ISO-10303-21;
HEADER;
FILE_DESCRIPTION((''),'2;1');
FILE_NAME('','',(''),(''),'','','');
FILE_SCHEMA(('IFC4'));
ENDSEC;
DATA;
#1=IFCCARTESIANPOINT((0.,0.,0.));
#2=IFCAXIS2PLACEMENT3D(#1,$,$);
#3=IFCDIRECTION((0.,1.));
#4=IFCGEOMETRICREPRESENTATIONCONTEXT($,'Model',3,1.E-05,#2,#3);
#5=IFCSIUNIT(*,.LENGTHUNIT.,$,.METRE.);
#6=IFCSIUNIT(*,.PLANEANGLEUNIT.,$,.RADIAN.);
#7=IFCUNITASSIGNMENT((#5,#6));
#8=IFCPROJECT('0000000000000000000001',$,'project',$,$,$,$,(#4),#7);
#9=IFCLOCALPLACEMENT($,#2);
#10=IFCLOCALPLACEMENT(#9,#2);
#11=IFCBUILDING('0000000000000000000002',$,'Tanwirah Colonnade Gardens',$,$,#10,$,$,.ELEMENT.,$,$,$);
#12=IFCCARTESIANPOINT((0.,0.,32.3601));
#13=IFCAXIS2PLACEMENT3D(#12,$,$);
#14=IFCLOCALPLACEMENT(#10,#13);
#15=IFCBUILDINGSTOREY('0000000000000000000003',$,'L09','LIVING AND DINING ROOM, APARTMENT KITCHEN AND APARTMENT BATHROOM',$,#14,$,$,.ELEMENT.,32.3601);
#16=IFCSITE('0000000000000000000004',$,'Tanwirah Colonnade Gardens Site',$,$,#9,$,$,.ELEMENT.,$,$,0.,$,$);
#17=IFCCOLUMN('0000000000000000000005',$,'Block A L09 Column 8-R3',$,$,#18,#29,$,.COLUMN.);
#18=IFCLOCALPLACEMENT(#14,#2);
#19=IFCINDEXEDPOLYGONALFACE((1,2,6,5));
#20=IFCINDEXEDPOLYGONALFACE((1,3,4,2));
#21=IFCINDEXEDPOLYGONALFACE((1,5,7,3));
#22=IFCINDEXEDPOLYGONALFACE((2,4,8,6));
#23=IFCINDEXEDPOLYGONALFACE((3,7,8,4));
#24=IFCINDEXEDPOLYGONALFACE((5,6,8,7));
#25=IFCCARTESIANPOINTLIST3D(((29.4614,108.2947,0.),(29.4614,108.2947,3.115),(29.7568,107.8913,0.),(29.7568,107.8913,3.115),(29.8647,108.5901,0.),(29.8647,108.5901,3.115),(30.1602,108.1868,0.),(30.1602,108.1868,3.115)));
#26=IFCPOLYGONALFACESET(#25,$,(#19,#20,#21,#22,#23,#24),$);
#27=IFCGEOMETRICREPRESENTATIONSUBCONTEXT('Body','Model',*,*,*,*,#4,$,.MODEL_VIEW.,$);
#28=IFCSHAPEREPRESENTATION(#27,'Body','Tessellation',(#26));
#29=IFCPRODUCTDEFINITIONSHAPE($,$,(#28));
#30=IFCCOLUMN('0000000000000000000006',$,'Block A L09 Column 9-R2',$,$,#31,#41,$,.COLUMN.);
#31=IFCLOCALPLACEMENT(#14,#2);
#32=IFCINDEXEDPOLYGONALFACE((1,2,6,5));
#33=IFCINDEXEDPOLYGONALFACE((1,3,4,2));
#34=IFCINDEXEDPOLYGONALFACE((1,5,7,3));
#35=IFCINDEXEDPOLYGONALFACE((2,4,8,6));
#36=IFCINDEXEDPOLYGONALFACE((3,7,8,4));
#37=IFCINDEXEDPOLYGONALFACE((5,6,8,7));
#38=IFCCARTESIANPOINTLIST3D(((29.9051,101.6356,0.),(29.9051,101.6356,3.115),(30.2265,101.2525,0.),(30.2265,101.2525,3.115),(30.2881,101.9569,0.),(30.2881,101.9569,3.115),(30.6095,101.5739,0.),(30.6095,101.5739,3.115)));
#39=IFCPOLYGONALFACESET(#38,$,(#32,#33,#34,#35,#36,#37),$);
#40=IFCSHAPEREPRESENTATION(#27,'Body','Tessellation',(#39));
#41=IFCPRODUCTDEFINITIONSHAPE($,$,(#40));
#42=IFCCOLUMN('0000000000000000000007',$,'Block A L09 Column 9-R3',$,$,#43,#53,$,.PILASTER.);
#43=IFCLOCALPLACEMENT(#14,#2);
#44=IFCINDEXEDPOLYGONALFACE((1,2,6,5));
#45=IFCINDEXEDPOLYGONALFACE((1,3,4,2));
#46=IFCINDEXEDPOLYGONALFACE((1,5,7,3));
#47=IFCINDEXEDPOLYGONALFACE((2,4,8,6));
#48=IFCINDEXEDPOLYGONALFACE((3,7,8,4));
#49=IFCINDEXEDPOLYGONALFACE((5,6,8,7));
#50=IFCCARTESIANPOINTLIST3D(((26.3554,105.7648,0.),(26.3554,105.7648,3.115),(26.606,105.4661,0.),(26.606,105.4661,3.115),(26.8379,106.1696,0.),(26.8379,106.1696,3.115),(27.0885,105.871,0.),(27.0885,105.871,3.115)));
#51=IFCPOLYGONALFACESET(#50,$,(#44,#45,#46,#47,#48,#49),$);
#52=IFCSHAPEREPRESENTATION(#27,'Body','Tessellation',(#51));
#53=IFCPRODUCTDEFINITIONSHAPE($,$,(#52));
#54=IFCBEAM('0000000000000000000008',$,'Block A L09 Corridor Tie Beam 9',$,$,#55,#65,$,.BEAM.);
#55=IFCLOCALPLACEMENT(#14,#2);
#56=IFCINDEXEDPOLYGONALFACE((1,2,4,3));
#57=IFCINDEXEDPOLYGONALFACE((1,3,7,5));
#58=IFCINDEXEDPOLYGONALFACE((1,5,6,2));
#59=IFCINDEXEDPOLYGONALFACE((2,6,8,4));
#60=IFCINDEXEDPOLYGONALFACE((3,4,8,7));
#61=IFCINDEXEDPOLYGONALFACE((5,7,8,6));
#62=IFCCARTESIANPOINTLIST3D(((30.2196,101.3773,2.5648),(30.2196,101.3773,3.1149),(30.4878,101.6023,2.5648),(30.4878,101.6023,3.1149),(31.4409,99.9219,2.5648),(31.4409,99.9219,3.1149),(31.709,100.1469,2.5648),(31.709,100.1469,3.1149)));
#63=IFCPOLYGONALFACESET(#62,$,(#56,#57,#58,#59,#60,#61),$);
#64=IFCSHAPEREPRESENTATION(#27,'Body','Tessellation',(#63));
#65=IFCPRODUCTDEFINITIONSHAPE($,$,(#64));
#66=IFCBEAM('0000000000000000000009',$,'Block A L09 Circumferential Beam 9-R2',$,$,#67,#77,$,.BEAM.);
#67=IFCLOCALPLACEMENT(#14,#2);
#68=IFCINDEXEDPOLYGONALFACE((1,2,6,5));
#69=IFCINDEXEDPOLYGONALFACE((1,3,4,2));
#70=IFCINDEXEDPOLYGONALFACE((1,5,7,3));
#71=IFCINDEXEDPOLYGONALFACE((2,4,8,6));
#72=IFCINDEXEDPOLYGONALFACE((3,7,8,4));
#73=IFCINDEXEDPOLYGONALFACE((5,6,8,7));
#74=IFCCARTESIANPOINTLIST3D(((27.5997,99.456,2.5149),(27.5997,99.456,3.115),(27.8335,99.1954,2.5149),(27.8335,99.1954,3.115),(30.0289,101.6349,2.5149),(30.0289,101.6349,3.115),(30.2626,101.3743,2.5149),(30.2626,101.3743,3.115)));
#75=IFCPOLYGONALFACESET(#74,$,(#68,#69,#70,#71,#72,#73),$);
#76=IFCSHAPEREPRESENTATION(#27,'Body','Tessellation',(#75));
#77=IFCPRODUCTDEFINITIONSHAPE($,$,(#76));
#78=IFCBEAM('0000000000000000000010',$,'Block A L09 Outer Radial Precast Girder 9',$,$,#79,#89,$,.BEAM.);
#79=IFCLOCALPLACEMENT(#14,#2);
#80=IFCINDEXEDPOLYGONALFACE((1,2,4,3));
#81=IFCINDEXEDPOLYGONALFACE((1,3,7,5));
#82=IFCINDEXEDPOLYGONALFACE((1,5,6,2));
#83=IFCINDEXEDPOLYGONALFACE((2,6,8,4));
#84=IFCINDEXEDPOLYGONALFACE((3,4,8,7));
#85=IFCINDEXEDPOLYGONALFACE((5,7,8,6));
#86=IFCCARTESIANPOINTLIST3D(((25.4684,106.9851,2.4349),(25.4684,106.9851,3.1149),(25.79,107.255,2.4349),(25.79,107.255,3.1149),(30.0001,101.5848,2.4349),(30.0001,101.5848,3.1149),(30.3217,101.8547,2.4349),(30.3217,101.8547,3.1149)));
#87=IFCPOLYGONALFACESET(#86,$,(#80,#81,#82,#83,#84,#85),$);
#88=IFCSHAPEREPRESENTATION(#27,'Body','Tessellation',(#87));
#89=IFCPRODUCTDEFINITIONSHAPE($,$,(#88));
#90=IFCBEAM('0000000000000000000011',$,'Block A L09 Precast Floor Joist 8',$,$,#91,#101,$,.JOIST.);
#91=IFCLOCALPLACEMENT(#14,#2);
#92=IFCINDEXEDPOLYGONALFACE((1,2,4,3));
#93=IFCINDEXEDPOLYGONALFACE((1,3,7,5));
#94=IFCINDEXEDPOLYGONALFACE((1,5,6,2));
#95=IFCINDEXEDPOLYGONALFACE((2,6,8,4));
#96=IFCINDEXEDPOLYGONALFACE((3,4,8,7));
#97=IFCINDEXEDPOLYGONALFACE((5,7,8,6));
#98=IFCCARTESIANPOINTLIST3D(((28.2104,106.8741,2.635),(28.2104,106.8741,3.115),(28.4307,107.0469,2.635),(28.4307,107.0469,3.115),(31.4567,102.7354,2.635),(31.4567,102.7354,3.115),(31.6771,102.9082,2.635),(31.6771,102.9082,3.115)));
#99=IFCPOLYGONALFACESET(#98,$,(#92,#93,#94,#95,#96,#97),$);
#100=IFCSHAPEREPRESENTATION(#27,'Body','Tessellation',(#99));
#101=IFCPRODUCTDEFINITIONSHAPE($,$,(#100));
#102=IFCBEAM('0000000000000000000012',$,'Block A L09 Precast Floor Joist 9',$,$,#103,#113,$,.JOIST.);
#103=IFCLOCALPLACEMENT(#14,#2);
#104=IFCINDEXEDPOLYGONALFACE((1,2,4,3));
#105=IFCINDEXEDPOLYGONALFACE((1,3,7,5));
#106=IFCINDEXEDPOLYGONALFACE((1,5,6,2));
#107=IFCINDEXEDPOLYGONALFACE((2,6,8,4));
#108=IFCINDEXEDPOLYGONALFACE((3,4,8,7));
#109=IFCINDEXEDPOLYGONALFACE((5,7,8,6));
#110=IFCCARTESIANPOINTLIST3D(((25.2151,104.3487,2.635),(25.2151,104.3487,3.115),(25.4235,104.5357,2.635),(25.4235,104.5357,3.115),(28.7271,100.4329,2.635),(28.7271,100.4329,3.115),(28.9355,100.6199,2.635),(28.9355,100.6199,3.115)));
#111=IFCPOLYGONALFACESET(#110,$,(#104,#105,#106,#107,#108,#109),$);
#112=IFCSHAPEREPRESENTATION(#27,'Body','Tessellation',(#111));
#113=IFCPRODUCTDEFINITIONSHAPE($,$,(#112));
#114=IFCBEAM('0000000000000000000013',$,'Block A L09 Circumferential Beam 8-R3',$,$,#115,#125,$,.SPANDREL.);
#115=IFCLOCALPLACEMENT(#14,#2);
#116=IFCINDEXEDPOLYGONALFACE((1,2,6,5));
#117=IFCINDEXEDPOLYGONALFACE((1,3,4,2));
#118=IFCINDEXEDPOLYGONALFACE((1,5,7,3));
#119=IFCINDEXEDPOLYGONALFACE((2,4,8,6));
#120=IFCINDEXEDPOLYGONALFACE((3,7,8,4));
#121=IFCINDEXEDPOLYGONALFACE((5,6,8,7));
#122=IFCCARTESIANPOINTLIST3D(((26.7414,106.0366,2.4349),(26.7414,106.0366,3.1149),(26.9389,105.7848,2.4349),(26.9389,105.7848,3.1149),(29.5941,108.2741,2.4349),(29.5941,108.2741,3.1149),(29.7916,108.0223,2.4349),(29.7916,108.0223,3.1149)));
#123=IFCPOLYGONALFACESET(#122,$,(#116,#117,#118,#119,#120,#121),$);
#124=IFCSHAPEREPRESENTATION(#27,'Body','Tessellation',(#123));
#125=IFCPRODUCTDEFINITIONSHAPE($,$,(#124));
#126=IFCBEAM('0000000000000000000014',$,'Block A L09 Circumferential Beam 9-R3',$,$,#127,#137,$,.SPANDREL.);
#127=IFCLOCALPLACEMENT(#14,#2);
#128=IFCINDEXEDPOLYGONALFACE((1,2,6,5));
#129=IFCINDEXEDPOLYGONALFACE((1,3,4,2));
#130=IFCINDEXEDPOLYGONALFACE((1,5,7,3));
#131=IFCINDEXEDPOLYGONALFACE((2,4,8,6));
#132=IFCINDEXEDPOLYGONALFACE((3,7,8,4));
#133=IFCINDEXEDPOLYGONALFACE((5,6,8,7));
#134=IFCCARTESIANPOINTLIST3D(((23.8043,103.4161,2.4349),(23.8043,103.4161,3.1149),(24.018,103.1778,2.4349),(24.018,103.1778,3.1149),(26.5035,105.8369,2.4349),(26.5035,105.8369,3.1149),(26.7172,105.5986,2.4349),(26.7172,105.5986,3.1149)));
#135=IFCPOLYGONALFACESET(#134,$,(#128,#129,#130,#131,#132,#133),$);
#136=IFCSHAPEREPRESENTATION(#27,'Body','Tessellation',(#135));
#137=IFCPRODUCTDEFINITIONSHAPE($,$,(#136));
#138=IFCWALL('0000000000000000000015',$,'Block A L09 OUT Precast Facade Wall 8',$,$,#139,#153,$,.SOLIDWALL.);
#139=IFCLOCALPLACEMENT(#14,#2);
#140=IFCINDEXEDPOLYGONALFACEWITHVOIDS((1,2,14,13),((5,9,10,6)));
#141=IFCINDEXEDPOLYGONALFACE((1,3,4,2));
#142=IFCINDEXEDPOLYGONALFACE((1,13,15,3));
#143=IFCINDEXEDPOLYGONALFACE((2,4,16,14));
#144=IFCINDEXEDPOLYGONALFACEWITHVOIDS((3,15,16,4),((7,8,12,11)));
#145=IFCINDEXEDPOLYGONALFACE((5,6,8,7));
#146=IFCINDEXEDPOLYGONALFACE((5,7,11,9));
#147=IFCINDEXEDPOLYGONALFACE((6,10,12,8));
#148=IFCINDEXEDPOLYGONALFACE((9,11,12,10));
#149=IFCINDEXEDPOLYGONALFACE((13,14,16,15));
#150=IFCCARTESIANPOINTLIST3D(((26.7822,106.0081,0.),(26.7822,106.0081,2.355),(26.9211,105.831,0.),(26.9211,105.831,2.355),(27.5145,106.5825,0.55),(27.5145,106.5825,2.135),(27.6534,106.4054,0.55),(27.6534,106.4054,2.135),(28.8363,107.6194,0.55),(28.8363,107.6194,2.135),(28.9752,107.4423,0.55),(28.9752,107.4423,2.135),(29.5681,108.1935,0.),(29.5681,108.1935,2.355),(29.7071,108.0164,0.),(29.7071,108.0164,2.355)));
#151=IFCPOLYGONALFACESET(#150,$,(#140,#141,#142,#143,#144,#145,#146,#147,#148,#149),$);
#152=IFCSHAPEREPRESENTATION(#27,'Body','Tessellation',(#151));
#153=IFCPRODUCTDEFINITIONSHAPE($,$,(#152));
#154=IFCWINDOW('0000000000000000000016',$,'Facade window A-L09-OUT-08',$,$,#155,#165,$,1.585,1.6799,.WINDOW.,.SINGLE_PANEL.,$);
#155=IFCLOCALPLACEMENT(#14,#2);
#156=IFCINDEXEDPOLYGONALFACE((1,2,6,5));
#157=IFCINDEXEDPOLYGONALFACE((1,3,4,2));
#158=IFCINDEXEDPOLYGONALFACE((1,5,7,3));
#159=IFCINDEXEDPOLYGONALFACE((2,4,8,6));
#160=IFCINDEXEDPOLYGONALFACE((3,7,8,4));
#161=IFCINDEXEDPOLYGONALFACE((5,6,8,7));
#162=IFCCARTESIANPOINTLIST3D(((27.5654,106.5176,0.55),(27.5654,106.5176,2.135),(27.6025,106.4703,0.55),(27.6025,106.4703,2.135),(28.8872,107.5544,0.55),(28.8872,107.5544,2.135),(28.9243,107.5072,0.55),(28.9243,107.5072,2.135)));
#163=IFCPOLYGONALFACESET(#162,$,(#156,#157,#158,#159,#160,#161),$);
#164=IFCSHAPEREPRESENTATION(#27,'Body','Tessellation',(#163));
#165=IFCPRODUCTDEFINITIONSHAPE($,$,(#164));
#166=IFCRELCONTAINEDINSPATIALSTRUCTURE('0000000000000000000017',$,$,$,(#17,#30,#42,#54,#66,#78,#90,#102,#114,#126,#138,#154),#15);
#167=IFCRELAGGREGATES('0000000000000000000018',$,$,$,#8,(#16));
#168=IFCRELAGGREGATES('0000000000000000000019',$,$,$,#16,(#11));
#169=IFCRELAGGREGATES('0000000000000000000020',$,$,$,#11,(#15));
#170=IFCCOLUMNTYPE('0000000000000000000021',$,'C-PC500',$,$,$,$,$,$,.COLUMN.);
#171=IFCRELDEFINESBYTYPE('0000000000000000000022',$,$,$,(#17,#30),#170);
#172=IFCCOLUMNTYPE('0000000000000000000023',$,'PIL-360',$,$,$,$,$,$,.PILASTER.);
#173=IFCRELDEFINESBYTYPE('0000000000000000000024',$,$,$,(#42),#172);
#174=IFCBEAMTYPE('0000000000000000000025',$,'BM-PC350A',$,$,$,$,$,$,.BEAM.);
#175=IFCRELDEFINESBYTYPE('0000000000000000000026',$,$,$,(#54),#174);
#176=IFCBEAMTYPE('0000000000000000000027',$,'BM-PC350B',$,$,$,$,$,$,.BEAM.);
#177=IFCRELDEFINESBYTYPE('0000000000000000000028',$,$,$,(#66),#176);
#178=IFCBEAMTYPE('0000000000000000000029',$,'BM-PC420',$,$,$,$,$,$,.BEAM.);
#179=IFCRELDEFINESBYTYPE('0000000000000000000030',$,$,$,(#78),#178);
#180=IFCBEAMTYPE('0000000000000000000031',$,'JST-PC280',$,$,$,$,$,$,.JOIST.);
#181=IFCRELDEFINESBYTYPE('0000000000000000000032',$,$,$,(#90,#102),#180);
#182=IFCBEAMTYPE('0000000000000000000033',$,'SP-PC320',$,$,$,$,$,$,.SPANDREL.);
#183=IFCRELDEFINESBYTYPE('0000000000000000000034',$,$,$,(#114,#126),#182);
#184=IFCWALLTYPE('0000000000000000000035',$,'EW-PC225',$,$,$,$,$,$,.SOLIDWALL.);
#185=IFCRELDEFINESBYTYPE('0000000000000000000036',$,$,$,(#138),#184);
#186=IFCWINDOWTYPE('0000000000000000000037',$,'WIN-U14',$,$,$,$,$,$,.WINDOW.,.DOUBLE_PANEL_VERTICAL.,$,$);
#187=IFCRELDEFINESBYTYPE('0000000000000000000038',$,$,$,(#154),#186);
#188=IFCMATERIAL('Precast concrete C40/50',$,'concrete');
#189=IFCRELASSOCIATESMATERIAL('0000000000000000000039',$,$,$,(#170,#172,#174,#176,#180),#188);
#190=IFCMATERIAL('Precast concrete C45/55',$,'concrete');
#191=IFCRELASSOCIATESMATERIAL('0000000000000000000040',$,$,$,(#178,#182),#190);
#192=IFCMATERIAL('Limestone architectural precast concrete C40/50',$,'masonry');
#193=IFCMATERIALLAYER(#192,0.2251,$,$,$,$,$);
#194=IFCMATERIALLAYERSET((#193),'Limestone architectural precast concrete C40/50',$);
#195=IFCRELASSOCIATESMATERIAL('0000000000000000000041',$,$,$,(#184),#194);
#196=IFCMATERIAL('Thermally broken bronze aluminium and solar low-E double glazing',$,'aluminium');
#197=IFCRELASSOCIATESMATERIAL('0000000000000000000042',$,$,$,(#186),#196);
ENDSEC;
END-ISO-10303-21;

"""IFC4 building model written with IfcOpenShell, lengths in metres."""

from ifc_helpers import new_model, si_unit, direction, frame, frame_2d, origin, origin_2d, place, context, subcontext, project, spatial, rectangle, extrude, material, layer, layer_set, material_profile, profile_set, type_object, element, fill, save


model = new_model("IFC4")

# Units and contexts
model_context = context("Model", 3, precision=1e-05, world=origin(), true_north=direction((0.0, 1.0)))
body_context = subcontext(model_context, "Body", "Model", "MODEL_VIEW")
ifc_project = project(units=[si_unit("LENGTHUNIT", "METRE"), si_unit("PLANEANGLEUNIT", "RADIAN")], contexts=[model_context])

# Site, building, storey
site_placement = place(None, origin())
site = spatial("IfcSite", under=ifc_project, at=site_placement, Name="Tanwirah Colonnade Gardens Site", CompositionType="ELEMENT", RefElevation=0.0)
building_placement = place(site_placement, origin())
building = spatial("IfcBuilding", under=site, at=building_placement, Name="Tanwirah Colonnade Gardens", CompositionType="ELEMENT")
storey_placement = place(building_placement, frame((0.0, 0.0, 32.3601)))
storey = spatial("IfcBuildingStorey", under=building, at=storey_placement, Name="L09", Description="LIVING AND DINING ROOM, APARTMENT KITCHEN AND APARTMENT BATHROOM", CompositionType="ELEMENT", Elevation=32.3601)

# Columns
ifc_material_1 = material(Name="Precast concrete C40/50", Category="concrete")
ifc_material_profile_1 = material_profile(ifc_material_1, rectangle(XDim=0.5, YDim=0.5, at=origin_2d()), Name="PC-COL 500x500")
ifc_profile_set_1 = profile_set([ifc_material_profile_1], Name="Precast concrete C40/50")
column_type_1 = type_object("IfcColumnType", Name="C-PC500", PredefinedType="COLUMN", material=ifc_profile_set_1)
for number, where, z_axis, x_axis, name in (
    (1, (29.8108, 108.2407, 0.0), (0.0, 0.0, 1.0), (-0.590919, 0.806731, 0.0), "Block A L09 Column 8-R3"),
    (2, (30.2573, 101.6047, 0.0), (0.0, 0.0, 1.0), (-0.642788, 0.766044, 0.0), "Block A L09 Column 9-R2"),
):
    element("IfcColumn", number, at=place(storey_placement, frame(where, z_axis=z_axis, x_axis=x_axis)), inside=storey, type_object=column_type_1, Name=name, PredefinedType="COLUMN", context=body_context, shape_type="SweptSolid", body=[
        extrude(rectangle(XDim=0.5, YDim=0.5, at=origin_2d()), origin(), (0.0, 0.0, 1.0), 3.115),
    ])
ifc_material_profile_2 = material_profile(ifc_material_1, rectangle(XDim=0.3899, YDim=0.6299, at=origin_2d()), Name="PC-PIL 390x630")
ifc_profile_set_2 = profile_set([ifc_material_profile_2], Name="Precast concrete C40/50")
column_type_2 = type_object("IfcColumnType", Name="PIL-360", PredefinedType="PILASTER", material=ifc_profile_set_2)
column_placement = place(storey_placement, frame((26.7219, 105.8179, 0.0), z_axis=(0.0, 0.0, 1.0), x_axis=(-0.642788, 0.766044, 0.0)))
element("IfcColumn", 3, at=column_placement, inside=storey, type_object=column_type_2, Name="Block A L09 Column 9-R3", PredefinedType="PILASTER", context=body_context, shape_type="SweptSolid", body=[
    extrude(rectangle(XDim=0.3899, YDim=0.6299, at=origin_2d()), origin(), (0.0, 0.0, 1.0), 3.115),
])

# Beams
ifc_material_profile_3 = material_profile(ifc_material_1, rectangle(XDim=0.3501, YDim=0.55, at=origin_2d()), Name="PC-BM 350x550")
ifc_profile_set_3 = profile_set([ifc_material_profile_3], Name="Precast concrete C40/50")
beam_type_1 = type_object("IfcBeamType", Name="BM-PC350A", PredefinedType="BEAM", material=ifc_profile_set_3)
beam_1_placement = place(storey_placement, frame((31.575, 100.0344, 2.8398), z_axis=(-0.642797, 0.766036, 0.0), x_axis=(-0.766036, -0.642797, 0.0)))
element("IfcBeam", 4, at=beam_1_placement, inside=storey, type_object=beam_type_1, Name="Block A L09 Corridor Tie Beam 9", PredefinedType="BEAM", context=body_context, shape_type="SweptSolid", body=[
    extrude(rectangle(XDim=0.3501, YDim=0.55, at=origin_2d()), origin(), (0.0, 0.0, 1.0), 1.8999),
])
ifc_material_profile_4 = material_profile(ifc_material_1, rectangle(XDim=0.3501, YDim=0.6001, at=origin_2d()), Name="PC-BM 350x600")
ifc_profile_set_4 = profile_set([ifc_material_profile_4], Name="Precast concrete C40/50")
beam_type_2 = type_object("IfcBeamType", Name="BM-PC350B", PredefinedType="BEAM", material=ifc_profile_set_4)
beam_2_placement = place(storey_placement, frame((30.1458, 101.5046, 2.8149), z_axis=(-0.744409, -0.667724, 0.0), x_axis=(0.667724, -0.744409, 0.0)))
element("IfcBeam", 5, at=beam_2_placement, inside=storey, type_object=beam_type_2, Name="Block A L09 Circumferential Beam 9-R2", PredefinedType="BEAM", context=body_context, shape_type="SweptSolid", body=[
    extrude(rectangle(XDim=0.3501, YDim=0.6001, at=origin_2d()), origin(), (0.0, 0.0, 1.0), 3.2632),
])
ifc_material_2 = material(Name="Precast concrete C45/55", Category="concrete")
ifc_material_profile_5 = material_profile(ifc_material_2, rectangle(XDim=0.4199, YDim=0.6799, at=origin_2d()), Name="PC-BM 420x680")
ifc_profile_set_5 = profile_set([ifc_material_profile_5], Name="Precast concrete C45/55")
beam_type_3 = type_object("IfcBeamType", Name="BM-PC420", PredefinedType="BEAM", material=ifc_profile_set_5)
beam_3_placement = place(storey_placement, frame((30.1609, 101.7197, 2.7749), z_axis=(-0.64281, 0.766025, 0.0), x_axis=(-0.766025, -0.64281, 0.0)))
element("IfcBeam", 6, at=beam_3_placement, inside=storey, type_object=beam_type_3, Name="Block A L09 Outer Radial Precast Girder 9", PredefinedType="BEAM", context=body_context, shape_type="SweptSolid", body=[
    extrude(rectangle(XDim=0.4199, YDim=0.6799, at=origin_2d()), origin(), (0.0, 0.0, 1.0), 7.0498),
])
ifc_material_profile_6 = material_profile(ifc_material_1, rectangle(XDim=0.28, YDim=0.48, at=origin_2d()), Name="PC-JST 280x480")
ifc_profile_set_6 = profile_set([ifc_material_profile_6], Name="Precast concrete C40/50")
beam_type_4 = type_object("IfcBeamType", Name="JST-PC280", PredefinedType="JOIST", material=ifc_profile_set_6)
for number, where, z_axis, x_axis, name in (
    (7, (31.5669, 102.8218, 2.875), (-0.617178, 0.786824, 0.0), (-0.786824, -0.617178, 0.0), "Block A L09 Precast Floor Joist 8"),
    (8, (28.8313, 100.5264, 2.875), (-0.667679, 0.744449, 0.0), (-0.744449, -0.667679, 0.0), "Block A L09 Precast Floor Joist 9"),
):
    element("IfcBeam", number, at=place(storey_placement, frame(where, z_axis=z_axis, x_axis=x_axis)), inside=storey, type_object=beam_type_4, Name=name, PredefinedType="JOIST", context=body_context, shape_type="SweptSolid", body=[
        extrude(rectangle(XDim=0.28, YDim=0.48, at=origin_2d()), origin(), (0.0, 0.0, 1.0), 5.26),
    ])
ifc_material_profile_7 = material_profile(ifc_material_2, rectangle(XDim=0.3201, YDim=0.6799, at=origin_2d()), Name="PC-SP 320x680")
ifc_profile_set_7 = profile_set([ifc_material_profile_7], Name="Precast concrete C45/55")
beam_type_5 = type_object("IfcBeamType", Name="SP-PC320", PredefinedType="SPANDREL", material=ifc_profile_set_7)
beam_4_placement = place(storey_placement, frame((29.6929, 108.1482, 2.7749), z_axis=(-0.786844, -0.617152, 0.0), x_axis=(0.617152, -0.786844, 0.0)))
element("IfcBeam", 9, at=beam_4_placement, inside=storey, type_object=beam_type_5, Name="Block A L09 Circumferential Beam 8-R3", PredefinedType="SPANDREL", context=body_context, shape_type="SweptSolid", body=[
    extrude(rectangle(XDim=0.3201, YDim=0.6799, at=origin_2d()), origin(), (0.0, 0.0, 1.0), 3.6255),
])
beam_5_placement = place(storey_placement, frame((26.6104, 105.7178, 2.7749), z_axis=(-0.744445, -0.667684, 0.0), x_axis=(0.667684, -0.744445, 0.0)))
element("IfcBeam", 10, at=beam_5_placement, inside=storey, type_object=beam_type_5, Name="Block A L09 Circumferential Beam 9-R3", PredefinedType="SPANDREL", context=body_context, shape_type="SweptSolid", body=[
    extrude(rectangle(XDim=0.3201, YDim=0.6799, at=origin_2d()), origin(), (0.0, 0.0, 1.0), 3.6257),
])

# Wall, opening, window
ifc_material_3 = material(Name="Limestone architectural precast concrete C40/50", Category="masonry")
ifc_layer_1 = layer(ifc_material_3, 0.2251)
ifc_layer_set_1 = layer_set([ifc_layer_1], Name="Limestone architectural precast concrete C40/50")
wall_type_1 = type_object("IfcWallType", Name="EW-PC225", PredefinedType="SOLIDWALL", material=ifc_layer_set_1)
wall_1_placement = place(storey_placement, frame((29.6377, 108.105, 0.0), z_axis=(0.0, 0.0, 1.0), x_axis=(-0.786813, -0.617191, 0.0)))
wall_1 = element("IfcWall", 11, at=wall_1_placement, inside=storey, type_object=wall_type_1, Name="Block A L09 OUT Precast Facade Wall 8", PredefinedType="SOLIDWALL", context=body_context, shape_type="SweptSolid", body=[
    extrude(rectangle(XDim=3.5408, YDim=0.2251, at=frame_2d((1.7705, 0.0))), origin(), (0.0, 0.0, 1.0), 2.355),
])
opening_1_placement = place(wall_1_placement, frame((0.9304, 0.0, 0.55)))
opening_1 = element("IfcOpeningElement", 12, at=opening_1_placement, cuts=wall_1, PredefinedType="OPENING", context=body_context, shape_type="SweptSolid", body=[
    extrude(rectangle(XDim=1.6799, YDim=1.585, at=frame_2d((0.8398, 0.7925))), frame((0.0, 0.1226, 0.0), z_axis=(0.0, -1.0, 0.0), x_axis=(1.0, 0.0, 0.0)), (0.0, 0.0, 1.0), 0.2451),
])
ifc_material_4 = material(Name="Thermally broken bronze aluminium and solar low-E double glazing", Category="aluminium")
window_type_1 = type_object("IfcWindowType", Name="WIN-U14", PartitioningType="DOUBLE_PANEL_VERTICAL", PredefinedType="WINDOW", material=ifc_material_4)
window_1_placement = place(opening_1_placement, origin())
window_1 = element("IfcWindow", 13, at=window_1_placement, inside=storey, type_object=window_type_1, Name="Facade window A-L09-OUT-08", OverallHeight=1.585, OverallWidth=1.6799, PartitioningType="SINGLE_PANEL", PredefinedType="WINDOW", context=body_context, shape_type="SweptSolid", body=[
    extrude(rectangle(XDim=1.6799, YDim=1.585, at=frame_2d((0.8398, 0.7925))), frame((0.0, 0.03, 0.0), z_axis=(0.0, -1.0, 0.0), x_axis=(1.0, 0.0, 0.0)), (0.0, 0.0, 1.0), 0.0601),
])
fill(opening_1, window_1)

save(model, "model.ifc")
